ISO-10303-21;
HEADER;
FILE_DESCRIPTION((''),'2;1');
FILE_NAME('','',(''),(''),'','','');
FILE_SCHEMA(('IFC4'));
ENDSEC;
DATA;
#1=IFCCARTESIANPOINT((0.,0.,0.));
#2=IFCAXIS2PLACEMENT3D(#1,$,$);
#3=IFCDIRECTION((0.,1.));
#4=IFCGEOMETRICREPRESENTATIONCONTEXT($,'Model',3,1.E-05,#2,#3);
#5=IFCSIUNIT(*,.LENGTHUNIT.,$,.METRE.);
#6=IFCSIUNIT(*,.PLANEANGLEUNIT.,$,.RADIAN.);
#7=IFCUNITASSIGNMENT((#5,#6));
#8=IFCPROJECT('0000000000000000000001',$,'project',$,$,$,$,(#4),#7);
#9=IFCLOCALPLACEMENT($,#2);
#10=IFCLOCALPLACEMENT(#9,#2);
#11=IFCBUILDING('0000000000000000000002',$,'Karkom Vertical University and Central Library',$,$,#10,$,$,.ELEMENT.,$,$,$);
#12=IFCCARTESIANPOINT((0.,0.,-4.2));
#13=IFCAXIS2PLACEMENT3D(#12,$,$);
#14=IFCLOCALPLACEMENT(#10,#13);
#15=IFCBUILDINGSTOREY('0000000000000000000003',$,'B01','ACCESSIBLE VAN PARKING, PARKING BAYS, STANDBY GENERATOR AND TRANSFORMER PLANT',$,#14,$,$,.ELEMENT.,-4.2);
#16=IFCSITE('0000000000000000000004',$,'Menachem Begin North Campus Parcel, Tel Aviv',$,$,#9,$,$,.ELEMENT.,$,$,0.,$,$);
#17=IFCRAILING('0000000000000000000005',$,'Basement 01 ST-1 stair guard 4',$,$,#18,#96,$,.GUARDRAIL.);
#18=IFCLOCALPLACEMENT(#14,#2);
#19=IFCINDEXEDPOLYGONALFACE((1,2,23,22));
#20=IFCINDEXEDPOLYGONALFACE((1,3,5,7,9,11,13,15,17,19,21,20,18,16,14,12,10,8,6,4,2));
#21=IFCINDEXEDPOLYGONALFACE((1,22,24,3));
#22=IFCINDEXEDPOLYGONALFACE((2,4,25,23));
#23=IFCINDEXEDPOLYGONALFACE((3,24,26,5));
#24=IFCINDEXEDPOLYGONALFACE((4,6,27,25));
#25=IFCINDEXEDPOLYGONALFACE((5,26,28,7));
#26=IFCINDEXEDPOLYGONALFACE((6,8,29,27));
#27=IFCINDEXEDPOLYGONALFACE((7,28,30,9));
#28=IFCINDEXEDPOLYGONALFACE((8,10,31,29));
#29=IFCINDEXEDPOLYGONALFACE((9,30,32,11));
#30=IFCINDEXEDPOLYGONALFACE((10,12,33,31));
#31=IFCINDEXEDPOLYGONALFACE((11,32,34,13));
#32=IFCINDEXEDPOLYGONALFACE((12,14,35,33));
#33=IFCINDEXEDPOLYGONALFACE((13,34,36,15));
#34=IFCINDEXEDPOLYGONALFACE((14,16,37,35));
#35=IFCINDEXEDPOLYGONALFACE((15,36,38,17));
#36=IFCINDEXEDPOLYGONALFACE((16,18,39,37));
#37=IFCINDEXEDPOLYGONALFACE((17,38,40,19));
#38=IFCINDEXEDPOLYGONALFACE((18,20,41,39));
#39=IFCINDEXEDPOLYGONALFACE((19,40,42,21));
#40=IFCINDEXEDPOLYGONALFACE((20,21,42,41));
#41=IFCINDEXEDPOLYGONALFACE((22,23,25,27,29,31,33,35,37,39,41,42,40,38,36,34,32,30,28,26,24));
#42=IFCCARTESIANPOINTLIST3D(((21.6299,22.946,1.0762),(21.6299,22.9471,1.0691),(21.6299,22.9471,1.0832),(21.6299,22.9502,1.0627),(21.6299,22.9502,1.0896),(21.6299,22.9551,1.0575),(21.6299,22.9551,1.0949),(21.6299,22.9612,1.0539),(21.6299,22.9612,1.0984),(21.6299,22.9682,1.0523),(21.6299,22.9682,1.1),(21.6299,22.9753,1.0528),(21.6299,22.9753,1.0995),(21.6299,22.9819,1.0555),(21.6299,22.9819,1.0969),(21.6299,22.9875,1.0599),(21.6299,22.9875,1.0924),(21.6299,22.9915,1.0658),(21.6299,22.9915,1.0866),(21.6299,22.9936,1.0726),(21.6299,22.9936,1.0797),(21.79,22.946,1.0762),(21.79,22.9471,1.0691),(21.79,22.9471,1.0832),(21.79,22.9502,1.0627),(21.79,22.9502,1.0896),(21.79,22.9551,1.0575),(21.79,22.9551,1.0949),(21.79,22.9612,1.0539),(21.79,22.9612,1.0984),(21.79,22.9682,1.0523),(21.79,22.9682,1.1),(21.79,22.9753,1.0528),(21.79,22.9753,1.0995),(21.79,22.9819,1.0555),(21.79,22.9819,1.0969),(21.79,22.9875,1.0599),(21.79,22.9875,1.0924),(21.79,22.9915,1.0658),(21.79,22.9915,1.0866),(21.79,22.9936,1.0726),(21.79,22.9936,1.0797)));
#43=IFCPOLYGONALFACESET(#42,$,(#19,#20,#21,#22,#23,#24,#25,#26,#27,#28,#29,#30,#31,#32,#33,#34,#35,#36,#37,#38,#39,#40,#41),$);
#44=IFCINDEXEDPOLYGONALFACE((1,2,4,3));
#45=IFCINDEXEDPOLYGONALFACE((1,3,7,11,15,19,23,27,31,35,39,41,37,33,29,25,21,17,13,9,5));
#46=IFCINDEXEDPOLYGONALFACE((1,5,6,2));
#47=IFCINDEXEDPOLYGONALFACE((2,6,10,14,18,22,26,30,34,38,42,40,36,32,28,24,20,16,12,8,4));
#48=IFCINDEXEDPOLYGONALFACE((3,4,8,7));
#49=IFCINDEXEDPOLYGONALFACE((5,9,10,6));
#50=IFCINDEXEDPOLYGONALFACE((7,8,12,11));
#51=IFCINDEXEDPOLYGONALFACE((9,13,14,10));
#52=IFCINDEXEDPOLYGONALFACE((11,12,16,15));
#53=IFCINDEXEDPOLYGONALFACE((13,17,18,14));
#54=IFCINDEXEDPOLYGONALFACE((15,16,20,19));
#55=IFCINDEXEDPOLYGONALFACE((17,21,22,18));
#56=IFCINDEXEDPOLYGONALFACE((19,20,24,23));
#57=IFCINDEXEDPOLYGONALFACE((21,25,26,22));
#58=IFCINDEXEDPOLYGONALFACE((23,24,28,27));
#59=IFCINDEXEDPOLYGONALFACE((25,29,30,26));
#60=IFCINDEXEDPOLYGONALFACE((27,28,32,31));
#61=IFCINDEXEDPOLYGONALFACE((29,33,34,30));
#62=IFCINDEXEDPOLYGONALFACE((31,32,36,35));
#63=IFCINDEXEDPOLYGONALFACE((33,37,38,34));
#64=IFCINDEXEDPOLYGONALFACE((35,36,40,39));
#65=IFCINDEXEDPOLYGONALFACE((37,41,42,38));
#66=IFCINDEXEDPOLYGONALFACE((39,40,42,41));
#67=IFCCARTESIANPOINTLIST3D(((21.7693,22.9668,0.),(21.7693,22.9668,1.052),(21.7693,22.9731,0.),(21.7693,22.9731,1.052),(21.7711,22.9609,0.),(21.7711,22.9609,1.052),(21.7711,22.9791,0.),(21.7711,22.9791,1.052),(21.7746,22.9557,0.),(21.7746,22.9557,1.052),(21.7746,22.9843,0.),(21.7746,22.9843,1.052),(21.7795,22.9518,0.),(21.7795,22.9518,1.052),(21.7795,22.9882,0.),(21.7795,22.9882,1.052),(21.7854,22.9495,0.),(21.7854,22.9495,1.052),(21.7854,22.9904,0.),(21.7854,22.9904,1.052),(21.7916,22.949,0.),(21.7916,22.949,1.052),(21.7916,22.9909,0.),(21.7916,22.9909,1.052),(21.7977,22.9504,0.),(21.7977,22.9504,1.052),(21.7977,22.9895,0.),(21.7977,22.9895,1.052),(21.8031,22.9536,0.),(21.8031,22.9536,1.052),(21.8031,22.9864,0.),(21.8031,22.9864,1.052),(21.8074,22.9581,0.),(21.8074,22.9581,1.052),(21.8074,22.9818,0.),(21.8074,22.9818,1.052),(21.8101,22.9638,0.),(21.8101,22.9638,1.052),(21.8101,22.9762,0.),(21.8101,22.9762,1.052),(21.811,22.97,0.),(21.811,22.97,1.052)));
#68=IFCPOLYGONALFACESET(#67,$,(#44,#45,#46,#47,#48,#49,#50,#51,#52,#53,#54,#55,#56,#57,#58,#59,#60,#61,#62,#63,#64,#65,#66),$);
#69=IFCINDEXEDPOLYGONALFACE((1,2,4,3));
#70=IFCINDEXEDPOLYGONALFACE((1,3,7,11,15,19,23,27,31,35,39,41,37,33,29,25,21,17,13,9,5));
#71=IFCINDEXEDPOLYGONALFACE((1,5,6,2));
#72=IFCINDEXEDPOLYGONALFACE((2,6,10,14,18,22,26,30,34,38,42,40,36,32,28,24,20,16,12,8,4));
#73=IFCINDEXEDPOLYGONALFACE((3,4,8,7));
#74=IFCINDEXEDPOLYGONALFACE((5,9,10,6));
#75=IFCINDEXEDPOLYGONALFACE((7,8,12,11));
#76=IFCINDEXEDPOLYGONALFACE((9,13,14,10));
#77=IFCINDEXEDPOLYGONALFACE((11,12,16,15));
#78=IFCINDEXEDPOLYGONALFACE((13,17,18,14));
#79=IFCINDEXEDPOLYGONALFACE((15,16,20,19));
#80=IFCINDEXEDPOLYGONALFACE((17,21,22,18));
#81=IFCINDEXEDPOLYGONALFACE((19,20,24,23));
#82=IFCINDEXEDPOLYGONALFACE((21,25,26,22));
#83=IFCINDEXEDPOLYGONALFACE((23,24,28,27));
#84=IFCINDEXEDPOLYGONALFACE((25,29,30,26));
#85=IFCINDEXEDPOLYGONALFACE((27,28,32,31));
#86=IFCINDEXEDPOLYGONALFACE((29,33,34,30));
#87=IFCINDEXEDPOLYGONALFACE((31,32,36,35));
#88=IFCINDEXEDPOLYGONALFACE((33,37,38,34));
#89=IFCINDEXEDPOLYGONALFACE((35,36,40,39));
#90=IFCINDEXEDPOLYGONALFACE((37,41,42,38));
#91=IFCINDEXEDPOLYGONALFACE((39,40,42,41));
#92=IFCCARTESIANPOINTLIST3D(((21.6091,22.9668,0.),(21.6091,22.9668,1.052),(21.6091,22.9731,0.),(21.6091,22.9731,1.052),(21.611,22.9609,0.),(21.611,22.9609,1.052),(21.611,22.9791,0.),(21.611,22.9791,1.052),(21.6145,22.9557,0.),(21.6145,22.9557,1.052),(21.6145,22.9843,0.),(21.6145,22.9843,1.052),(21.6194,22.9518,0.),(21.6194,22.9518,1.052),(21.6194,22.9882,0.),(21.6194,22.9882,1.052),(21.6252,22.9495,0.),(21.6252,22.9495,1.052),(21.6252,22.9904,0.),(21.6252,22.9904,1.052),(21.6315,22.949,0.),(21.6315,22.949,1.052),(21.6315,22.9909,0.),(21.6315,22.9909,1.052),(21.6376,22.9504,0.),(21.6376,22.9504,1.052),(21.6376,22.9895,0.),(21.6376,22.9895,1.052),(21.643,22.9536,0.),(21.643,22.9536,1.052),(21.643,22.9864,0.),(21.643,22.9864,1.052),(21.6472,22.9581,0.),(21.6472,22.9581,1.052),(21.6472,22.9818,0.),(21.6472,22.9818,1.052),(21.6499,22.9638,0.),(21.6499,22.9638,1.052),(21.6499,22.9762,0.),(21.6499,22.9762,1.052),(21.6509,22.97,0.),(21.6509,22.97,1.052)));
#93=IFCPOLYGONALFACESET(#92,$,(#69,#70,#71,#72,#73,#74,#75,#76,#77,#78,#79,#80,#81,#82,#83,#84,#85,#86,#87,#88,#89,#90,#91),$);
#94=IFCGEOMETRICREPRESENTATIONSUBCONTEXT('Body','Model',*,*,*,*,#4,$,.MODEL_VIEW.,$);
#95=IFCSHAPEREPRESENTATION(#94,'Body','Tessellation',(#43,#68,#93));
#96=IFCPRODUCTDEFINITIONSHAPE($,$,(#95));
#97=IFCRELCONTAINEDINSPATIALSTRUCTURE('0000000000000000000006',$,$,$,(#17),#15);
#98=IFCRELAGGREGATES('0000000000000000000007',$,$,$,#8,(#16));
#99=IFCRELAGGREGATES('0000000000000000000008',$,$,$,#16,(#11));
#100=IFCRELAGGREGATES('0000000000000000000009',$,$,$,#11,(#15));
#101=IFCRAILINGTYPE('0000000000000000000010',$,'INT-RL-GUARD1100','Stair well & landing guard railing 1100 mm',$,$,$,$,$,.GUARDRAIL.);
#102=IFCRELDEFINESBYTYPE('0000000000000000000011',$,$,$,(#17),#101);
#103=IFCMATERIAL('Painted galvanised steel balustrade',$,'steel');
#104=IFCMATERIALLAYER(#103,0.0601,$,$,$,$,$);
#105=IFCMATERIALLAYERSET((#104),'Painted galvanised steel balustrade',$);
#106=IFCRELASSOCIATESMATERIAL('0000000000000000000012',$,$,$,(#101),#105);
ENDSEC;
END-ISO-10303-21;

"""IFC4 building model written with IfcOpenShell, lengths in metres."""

from ifc_helpers import new_model, si_unit, direction, frame, origin, origin_2d, place, context, subcontext, project, spatial, circle, extrude, material, layer, layer_set, type_object, element, save


model = new_model("IFC4")

# Units and contexts
model_context = context("Model", 3, precision=1e-05, world=origin(), true_north=direction((0.0, 1.0)))
body_context = subcontext(model_context, "Body", "Model", "MODEL_VIEW")
ifc_project = project(units=[si_unit("LENGTHUNIT", "METRE"), si_unit("PLANEANGLEUNIT", "RADIAN")], contexts=[model_context])

# Site, building, storey
site_placement = place(None, origin())
site = spatial("IfcSite", under=ifc_project, at=site_placement, Name="Menachem Begin North Campus Parcel, Tel Aviv", CompositionType="ELEMENT", RefElevation=0.0)
building_placement = place(site_placement, origin())
building = spatial("IfcBuilding", under=site, at=building_placement, Name="Karkom Vertical University and Central Library", CompositionType="ELEMENT")
storey_placement = place(building_placement, frame((0.0, 0.0, -4.2)))
storey = spatial("IfcBuildingStorey", under=building, at=storey_placement, Name="B01", Description="ACCESSIBLE VAN PARKING, PARKING BAYS, STANDBY GENERATOR AND TRANSFORMER PLANT", CompositionType="ELEMENT", Elevation=-4.2)

# Railing
ifc_material_1 = material(Name="Painted galvanised steel balustrade", Category="steel")
ifc_layer_1 = layer(ifc_material_1, 0.0601)
ifc_layer_set_1 = layer_set([ifc_layer_1], Name="Painted galvanised steel balustrade")
railing_type_1 = type_object("IfcRailingType", Name="INT-RL-GUARD1100", Description="Stair well & landing guard railing 1100 mm", PredefinedType="GUARDRAIL", material=ifc_layer_set_1)
railing_1_placement = place(storey_placement, frame((21.79, 22.97, 0.0)))
element("IfcRailing", 1, at=railing_1_placement, inside=storey, type_object=railing_type_1, Name="Basement 01 ST-1 stair guard 4", PredefinedType="GUARDRAIL", context=body_context, shape_type="SweptSolid", body=[
    extrude(circle(Radius=0.0239, at=origin_2d()), frame((0.0, 0.0, 1.0762), z_axis=(-1.0, 0.0, 0.0), x_axis=(0.0, -1.0, 0.0)), (0.0, 0.0, 1.0), 0.1602),
    extrude(circle(Radius=0.021, at=origin_2d()), origin(), (0.0, 0.0, 1.0), 1.052),
    extrude(circle(Radius=0.021, at=origin_2d()), frame((-0.1602, 0.0, 0.0)), (0.0, 0.0, 1.0), 1.052),
])

save(model, "model.ifc")
